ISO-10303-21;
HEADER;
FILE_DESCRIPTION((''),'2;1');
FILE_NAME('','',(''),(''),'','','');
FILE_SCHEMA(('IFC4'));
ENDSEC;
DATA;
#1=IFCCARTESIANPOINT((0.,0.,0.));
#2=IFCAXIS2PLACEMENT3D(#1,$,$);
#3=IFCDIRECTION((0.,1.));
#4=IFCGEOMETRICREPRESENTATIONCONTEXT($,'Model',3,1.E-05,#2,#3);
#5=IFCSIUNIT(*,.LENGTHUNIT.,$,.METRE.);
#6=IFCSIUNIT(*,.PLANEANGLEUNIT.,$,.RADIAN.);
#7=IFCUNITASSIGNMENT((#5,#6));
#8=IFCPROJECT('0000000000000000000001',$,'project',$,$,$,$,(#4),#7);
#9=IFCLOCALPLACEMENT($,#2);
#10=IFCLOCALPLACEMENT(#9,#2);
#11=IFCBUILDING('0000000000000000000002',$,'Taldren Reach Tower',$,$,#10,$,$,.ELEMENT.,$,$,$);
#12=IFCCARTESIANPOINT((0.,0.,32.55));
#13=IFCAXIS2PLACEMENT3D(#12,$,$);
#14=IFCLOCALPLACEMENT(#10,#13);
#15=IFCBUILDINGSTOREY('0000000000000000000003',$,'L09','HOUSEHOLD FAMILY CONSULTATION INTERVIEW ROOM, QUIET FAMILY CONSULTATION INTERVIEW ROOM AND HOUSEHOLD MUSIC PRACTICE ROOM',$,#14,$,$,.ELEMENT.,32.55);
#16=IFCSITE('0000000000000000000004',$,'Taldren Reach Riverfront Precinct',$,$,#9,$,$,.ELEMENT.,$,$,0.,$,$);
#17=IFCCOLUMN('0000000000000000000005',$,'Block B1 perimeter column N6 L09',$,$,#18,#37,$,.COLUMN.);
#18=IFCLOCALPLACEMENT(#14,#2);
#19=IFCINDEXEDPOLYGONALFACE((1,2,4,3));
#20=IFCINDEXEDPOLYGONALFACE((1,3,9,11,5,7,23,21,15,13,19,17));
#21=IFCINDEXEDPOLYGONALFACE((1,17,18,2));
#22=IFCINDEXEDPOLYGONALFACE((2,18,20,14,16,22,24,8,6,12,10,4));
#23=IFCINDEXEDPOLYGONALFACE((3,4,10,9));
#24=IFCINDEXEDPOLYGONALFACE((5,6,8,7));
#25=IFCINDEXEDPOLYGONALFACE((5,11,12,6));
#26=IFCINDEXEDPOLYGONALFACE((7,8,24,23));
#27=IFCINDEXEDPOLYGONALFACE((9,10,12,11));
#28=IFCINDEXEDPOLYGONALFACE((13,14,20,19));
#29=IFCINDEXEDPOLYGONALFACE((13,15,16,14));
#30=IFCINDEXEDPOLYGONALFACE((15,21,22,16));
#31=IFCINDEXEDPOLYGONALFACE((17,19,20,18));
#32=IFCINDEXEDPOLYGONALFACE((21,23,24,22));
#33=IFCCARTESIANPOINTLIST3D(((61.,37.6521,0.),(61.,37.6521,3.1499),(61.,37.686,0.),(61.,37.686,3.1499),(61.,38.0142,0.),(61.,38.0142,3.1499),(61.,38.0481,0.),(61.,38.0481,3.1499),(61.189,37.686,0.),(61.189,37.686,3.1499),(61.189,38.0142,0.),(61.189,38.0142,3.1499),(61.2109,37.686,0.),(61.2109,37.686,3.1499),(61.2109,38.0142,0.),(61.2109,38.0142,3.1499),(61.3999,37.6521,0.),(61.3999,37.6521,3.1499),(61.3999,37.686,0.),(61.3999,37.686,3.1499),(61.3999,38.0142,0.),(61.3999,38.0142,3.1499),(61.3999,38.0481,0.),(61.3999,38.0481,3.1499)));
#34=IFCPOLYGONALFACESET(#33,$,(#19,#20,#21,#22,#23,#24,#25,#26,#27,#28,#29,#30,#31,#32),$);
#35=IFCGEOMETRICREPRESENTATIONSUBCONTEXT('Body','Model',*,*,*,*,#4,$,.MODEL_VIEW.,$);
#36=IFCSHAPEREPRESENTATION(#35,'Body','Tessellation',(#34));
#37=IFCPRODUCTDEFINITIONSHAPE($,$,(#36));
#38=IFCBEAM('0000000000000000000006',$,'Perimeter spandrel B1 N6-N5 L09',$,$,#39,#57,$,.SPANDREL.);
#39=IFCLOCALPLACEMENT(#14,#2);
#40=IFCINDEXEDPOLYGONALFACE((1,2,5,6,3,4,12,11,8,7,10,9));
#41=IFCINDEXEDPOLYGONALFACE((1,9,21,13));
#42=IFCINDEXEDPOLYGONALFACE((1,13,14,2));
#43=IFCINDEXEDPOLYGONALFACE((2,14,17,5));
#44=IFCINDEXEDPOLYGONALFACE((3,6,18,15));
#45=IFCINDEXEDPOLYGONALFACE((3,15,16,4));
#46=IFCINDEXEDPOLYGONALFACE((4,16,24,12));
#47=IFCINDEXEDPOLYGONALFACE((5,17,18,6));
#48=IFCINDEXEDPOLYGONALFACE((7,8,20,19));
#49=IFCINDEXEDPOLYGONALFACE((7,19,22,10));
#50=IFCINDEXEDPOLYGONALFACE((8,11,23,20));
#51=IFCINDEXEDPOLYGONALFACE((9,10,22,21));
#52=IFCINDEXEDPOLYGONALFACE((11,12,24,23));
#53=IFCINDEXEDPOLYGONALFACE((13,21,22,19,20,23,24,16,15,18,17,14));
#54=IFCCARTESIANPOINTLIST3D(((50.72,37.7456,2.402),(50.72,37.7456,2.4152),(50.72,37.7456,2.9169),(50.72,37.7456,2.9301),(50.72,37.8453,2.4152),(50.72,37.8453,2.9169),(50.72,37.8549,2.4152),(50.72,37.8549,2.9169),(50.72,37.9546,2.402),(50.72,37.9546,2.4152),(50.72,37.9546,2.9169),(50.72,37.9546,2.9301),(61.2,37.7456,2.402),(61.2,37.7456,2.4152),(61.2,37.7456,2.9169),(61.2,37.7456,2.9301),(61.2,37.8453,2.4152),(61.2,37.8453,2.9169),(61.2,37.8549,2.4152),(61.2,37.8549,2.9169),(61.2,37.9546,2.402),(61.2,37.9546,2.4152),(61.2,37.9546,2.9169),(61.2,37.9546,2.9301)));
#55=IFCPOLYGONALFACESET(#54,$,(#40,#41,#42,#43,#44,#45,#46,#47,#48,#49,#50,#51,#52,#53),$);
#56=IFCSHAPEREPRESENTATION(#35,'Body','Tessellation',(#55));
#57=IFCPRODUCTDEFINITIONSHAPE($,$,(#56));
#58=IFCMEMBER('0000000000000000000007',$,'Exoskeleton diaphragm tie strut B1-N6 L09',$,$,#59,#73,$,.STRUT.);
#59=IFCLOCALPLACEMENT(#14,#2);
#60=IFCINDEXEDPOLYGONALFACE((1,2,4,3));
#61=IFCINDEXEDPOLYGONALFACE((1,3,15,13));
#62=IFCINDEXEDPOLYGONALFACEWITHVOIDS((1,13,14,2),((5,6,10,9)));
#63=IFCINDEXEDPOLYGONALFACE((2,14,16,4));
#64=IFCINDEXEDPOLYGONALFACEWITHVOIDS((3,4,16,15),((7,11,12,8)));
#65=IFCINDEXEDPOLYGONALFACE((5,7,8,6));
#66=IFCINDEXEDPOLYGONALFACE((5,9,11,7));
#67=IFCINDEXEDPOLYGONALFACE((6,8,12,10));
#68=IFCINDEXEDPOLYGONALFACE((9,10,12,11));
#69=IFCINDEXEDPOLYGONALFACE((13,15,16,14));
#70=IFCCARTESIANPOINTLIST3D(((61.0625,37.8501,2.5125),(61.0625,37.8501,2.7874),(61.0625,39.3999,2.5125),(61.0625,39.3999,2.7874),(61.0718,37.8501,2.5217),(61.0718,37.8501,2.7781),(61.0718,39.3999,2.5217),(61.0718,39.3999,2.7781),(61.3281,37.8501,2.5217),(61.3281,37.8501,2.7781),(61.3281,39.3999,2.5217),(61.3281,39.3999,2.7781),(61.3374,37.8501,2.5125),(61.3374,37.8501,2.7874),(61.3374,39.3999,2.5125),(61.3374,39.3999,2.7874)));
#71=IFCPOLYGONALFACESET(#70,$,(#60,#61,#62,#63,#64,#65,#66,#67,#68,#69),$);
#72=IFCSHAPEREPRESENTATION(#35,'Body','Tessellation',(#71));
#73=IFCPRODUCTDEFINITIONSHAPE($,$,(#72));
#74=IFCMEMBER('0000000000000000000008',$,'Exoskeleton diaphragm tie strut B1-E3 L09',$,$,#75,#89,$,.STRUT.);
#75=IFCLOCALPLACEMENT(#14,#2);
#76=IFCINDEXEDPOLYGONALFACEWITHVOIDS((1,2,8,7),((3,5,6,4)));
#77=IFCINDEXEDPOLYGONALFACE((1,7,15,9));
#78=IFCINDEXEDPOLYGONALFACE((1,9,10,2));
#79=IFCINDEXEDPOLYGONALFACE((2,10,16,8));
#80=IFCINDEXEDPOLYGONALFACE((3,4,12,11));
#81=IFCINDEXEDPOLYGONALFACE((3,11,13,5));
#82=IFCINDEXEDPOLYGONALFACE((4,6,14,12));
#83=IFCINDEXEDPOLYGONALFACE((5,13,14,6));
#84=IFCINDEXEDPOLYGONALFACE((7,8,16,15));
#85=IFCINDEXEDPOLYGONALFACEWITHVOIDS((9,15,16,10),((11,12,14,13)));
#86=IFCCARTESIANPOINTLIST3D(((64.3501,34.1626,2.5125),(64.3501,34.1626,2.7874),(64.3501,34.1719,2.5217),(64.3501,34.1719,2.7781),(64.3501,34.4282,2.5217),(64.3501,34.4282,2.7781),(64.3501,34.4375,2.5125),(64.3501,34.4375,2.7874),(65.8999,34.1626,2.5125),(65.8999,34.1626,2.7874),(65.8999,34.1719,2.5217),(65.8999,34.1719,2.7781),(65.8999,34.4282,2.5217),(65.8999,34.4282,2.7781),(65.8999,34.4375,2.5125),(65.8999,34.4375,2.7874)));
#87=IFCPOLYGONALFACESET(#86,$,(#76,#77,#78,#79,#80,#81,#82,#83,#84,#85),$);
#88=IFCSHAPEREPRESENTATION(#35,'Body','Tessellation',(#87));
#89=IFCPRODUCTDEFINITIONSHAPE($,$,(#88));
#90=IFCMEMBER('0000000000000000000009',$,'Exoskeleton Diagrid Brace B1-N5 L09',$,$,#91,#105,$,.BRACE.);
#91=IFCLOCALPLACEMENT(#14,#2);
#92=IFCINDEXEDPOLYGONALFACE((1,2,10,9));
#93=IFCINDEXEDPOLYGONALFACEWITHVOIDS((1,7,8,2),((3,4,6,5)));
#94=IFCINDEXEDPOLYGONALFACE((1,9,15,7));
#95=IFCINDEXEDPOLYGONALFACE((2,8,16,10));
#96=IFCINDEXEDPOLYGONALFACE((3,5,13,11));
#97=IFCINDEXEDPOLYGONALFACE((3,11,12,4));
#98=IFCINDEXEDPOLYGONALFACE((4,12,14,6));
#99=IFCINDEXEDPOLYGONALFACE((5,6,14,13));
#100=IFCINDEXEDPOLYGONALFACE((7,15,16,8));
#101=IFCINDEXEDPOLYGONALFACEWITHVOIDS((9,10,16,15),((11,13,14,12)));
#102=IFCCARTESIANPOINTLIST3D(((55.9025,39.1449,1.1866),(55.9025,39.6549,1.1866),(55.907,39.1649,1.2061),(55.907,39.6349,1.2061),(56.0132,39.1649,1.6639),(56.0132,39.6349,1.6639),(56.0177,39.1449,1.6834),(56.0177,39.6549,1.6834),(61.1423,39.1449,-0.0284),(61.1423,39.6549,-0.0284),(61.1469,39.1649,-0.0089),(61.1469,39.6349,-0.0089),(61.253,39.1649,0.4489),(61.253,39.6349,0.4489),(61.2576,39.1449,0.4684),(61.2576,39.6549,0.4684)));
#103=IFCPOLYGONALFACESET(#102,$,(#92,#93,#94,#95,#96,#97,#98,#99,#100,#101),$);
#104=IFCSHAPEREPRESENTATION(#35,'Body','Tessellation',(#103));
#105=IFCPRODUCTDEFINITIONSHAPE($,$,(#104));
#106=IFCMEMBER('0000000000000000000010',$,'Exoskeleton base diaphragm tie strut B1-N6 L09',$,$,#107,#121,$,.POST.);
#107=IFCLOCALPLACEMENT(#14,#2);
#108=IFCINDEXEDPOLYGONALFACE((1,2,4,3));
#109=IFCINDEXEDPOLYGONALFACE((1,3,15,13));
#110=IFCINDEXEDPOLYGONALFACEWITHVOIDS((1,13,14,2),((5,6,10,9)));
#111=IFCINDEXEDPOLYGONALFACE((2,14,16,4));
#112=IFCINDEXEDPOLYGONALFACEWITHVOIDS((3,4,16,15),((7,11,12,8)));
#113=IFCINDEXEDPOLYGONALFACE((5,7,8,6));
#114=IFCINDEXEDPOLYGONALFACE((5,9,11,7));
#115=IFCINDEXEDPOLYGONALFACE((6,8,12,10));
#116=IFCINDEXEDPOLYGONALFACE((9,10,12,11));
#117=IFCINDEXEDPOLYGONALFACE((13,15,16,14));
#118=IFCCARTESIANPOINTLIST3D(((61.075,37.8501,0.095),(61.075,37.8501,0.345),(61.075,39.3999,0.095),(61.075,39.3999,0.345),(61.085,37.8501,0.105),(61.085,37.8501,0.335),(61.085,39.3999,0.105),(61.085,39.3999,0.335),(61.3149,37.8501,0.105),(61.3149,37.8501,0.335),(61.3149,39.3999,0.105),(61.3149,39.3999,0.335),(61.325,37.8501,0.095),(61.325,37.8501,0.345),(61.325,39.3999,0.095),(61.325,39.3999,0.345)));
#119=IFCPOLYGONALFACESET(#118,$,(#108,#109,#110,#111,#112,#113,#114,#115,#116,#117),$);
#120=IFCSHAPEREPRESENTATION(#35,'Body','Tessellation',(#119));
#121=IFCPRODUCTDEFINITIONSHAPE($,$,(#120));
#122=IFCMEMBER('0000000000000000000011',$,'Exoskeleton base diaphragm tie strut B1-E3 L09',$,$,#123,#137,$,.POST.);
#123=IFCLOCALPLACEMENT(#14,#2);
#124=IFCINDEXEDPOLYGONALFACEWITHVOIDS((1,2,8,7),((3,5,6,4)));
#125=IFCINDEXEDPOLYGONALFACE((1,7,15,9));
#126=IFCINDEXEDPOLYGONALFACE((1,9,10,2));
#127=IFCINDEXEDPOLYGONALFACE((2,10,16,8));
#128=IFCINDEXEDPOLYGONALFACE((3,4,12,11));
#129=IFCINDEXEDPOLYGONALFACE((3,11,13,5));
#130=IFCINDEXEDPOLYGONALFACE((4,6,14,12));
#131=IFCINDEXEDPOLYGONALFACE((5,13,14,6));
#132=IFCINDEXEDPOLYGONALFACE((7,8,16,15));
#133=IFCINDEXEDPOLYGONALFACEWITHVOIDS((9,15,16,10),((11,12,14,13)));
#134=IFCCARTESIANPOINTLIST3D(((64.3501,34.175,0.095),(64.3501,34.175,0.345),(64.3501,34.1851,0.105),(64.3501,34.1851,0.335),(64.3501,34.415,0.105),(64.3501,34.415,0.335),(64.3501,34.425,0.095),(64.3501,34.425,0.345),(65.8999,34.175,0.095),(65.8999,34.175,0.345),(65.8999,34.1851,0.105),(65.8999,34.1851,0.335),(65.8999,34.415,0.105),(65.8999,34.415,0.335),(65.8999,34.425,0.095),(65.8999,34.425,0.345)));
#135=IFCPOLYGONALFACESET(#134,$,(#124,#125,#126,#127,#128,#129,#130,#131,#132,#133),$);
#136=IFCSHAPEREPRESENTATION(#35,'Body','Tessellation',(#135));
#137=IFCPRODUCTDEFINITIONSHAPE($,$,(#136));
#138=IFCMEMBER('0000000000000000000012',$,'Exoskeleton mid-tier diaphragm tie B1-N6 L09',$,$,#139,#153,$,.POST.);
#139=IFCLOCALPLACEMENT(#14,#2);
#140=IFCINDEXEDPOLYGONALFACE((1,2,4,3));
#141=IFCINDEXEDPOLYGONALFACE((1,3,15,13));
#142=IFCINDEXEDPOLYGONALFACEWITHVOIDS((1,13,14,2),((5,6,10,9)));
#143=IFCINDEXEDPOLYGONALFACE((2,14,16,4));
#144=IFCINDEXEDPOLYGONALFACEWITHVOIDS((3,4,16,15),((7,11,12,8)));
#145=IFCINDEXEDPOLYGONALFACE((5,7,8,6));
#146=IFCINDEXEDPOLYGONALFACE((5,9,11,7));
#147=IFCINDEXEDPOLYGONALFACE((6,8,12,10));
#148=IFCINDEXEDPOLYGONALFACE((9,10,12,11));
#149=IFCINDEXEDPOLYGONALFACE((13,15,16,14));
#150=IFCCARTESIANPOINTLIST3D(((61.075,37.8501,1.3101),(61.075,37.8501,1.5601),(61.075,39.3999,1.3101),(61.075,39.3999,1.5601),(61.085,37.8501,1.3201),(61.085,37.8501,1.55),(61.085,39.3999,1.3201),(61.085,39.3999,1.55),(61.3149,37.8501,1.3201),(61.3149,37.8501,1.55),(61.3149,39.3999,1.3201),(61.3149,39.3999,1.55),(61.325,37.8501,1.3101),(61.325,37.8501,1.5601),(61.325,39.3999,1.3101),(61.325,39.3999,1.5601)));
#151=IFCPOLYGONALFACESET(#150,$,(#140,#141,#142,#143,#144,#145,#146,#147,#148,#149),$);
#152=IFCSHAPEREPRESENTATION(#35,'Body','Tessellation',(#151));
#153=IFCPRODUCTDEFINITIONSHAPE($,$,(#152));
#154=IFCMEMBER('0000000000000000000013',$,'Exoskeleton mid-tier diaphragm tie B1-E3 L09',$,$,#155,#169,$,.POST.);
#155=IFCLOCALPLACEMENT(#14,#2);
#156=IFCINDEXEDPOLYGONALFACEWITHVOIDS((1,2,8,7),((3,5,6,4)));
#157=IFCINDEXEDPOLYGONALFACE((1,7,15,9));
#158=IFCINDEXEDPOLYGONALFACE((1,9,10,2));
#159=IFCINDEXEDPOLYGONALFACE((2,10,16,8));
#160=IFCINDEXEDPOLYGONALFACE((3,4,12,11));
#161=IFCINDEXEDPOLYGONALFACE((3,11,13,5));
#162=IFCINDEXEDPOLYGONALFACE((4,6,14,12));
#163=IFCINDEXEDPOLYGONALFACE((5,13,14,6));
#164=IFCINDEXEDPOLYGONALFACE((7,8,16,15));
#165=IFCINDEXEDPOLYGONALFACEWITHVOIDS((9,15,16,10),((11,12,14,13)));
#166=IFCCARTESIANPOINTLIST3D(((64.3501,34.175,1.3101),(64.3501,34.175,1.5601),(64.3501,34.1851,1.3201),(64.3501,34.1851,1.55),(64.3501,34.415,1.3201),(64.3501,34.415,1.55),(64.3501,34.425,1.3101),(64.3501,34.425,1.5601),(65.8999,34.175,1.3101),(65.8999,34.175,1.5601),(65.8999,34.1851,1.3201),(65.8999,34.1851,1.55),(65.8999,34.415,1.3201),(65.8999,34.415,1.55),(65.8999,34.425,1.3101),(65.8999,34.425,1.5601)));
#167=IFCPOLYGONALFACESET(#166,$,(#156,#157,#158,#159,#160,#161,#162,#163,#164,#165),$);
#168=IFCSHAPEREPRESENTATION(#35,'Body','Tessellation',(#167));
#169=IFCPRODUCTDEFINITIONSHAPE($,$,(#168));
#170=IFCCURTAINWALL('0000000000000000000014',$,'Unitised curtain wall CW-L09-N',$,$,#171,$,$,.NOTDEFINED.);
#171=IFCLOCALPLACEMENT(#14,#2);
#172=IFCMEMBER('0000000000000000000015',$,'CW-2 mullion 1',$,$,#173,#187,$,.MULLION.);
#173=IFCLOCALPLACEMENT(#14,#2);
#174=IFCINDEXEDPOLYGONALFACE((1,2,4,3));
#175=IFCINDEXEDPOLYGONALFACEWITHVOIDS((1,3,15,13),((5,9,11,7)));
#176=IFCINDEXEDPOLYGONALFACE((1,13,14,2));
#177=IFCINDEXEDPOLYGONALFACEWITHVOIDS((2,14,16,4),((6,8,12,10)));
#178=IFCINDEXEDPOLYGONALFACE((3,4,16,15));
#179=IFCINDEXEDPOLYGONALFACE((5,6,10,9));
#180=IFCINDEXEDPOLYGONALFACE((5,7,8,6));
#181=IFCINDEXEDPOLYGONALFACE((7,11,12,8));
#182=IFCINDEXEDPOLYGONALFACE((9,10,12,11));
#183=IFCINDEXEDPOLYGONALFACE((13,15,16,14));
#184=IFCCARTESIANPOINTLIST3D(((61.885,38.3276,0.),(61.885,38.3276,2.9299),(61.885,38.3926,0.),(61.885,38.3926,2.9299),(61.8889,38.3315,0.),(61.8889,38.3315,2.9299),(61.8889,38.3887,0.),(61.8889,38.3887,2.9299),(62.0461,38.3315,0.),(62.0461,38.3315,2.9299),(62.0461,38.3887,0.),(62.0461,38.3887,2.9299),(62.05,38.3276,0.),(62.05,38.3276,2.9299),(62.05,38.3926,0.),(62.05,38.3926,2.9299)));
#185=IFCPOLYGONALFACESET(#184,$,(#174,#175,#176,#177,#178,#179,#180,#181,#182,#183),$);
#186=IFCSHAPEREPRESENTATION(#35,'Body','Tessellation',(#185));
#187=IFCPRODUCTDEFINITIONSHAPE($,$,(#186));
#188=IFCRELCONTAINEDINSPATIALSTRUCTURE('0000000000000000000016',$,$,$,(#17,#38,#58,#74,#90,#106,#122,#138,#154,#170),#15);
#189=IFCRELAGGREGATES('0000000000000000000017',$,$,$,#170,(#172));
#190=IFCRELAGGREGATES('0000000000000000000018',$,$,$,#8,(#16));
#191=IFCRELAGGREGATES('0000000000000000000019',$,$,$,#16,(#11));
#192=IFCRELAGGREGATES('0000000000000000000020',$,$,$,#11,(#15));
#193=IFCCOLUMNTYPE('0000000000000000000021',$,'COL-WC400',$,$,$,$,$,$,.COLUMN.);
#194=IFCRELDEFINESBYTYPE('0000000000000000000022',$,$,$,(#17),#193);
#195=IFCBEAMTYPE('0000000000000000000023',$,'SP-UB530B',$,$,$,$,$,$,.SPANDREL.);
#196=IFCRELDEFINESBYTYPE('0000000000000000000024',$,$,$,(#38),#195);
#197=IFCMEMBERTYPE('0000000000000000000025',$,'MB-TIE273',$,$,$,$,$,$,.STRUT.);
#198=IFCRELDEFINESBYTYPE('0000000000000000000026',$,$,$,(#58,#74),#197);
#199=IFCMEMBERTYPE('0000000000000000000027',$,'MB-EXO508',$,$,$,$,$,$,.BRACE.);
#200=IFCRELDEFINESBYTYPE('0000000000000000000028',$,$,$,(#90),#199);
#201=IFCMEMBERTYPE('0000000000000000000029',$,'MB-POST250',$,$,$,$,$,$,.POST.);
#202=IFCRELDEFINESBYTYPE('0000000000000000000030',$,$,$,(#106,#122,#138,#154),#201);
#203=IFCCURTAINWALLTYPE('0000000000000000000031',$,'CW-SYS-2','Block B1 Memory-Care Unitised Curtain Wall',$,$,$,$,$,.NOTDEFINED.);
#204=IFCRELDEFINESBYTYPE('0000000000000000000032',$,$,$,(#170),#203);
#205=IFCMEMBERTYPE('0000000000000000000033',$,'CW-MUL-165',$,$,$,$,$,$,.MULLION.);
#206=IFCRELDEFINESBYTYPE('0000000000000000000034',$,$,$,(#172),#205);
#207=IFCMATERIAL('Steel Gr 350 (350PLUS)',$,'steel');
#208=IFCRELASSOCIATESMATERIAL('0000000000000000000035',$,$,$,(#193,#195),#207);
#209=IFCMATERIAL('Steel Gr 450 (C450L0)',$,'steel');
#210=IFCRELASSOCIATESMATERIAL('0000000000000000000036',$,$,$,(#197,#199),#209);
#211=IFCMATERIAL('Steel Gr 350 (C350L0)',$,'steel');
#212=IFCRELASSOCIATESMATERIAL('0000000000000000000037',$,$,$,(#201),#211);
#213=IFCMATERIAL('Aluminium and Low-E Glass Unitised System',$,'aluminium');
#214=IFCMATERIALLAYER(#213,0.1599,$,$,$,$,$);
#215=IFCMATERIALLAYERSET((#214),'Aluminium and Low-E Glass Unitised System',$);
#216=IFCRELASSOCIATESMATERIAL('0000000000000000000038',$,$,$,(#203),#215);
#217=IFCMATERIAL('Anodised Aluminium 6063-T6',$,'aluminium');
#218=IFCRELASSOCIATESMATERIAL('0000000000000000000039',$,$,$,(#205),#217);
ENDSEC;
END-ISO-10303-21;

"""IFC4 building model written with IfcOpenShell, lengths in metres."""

from ifc_helpers import new_model, si_unit, direction, frame, origin, origin_2d, place, context, subcontext, project, spatial, hollow_rectangle, i_section, extrude, source, transform, mapped, material, layer, layer_set, material_profile, profile_set, type_object, element, aggregate, save


model = new_model("IFC4")

# Units and contexts
model_context = context("Model", 3, precision=1e-05, world=origin(), true_north=direction((0.0, 1.0)))
body_context = subcontext(model_context, "Body", "Model", "MODEL_VIEW")
ifc_project = project(units=[si_unit("LENGTHUNIT", "METRE"), si_unit("PLANEANGLEUNIT", "RADIAN")], contexts=[model_context])

# Site, building, storey
site_placement = place(None, origin())
site = spatial("IfcSite", under=ifc_project, at=site_placement, Name="Taldren Reach Riverfront Precinct", CompositionType="ELEMENT", RefElevation=0.0)
building_placement = place(site_placement, origin())
building = spatial("IfcBuilding", under=site, at=building_placement, Name="Taldren Reach Tower", CompositionType="ELEMENT")
storey_placement = place(building_placement, frame((0.0, 0.0, 32.55)))
storey = spatial("IfcBuildingStorey", under=building, at=storey_placement, Name="L09", Description="HOUSEHOLD FAMILY CONSULTATION INTERVIEW ROOM, QUIET FAMILY CONSULTATION INTERVIEW ROOM AND HOUSEHOLD MUSIC PRACTICE ROOM", CompositionType="ELEMENT", Elevation=32.55)

# Column
ifc_material_1 = material(Name="Steel Gr 350 (350PLUS)", Category="steel")
ifc_material_profile_1 = material_profile(ifc_material_1, i_section(OverallWidth=0.3999, OverallDepth=0.396, WebThickness=0.022, FlangeThickness=0.0339, at=origin_2d()), Name="400WC270")
ifc_profile_set_1 = profile_set([ifc_material_profile_1], Name="Steel Gr 350 (350PLUS)")
column_type = type_object("IfcColumnType", Name="COL-WC400", PredefinedType="COLUMN", material=ifc_profile_set_1)
shared_shape_1 = source(origin(), body_context, "Body", "SweptSolid", [
    extrude(i_section(OverallWidth=0.3999, OverallDepth=0.396, WebThickness=0.022, FlangeThickness=0.0339, at=origin_2d()), origin(), (0.0, 0.0, 1.0), 3.1499),
])
column_placement = place(storey_placement, frame((61.2, 37.8501, 0.0), z_axis=(0.0, 0.0, 1.0), x_axis=(1.0, 0.0, 0.0)))
element("IfcColumn", 1, at=column_placement, inside=storey, type_object=column_type, Name="Block B1 perimeter column N6 L09", PredefinedType="COLUMN", context=body_context, shape_type="MappedRepresentation", body=[
    mapped(shared_shape_1, transform((0.0, 0.0, 0.0), scale=1.0)),
])

# Beam
ifc_material_profile_2 = material_profile(ifc_material_1, i_section(OverallWidth=0.209, OverallDepth=0.5281, WebThickness=0.0095, FlangeThickness=0.0132, at=origin_2d()), Name="530UB82.0")
ifc_profile_set_2 = profile_set([ifc_material_profile_2], Name="Steel Gr 350 (350PLUS)")
beam_type = type_object("IfcBeamType", Name="SP-UB530B", PredefinedType="SPANDREL", material=ifc_profile_set_2)
shared_shape_2 = source(origin(), body_context, "Body", "SweptSolid", [
    extrude(i_section(OverallWidth=0.209, OverallDepth=0.5281, WebThickness=0.0095, FlangeThickness=0.0132, at=origin_2d()), origin(), (0.0, 0.0, 1.0), 10.48),
])
beam_placement = place(storey_placement, frame((61.2, 37.8501, 2.666), z_axis=(-1.0, 0.0, 0.0), x_axis=(0.0, -1.0, 0.0)))
element("IfcBeam", 2, at=beam_placement, inside=storey, type_object=beam_type, Name="Perimeter spandrel B1 N6-N5 L09", PredefinedType="SPANDREL", context=body_context, shape_type="MappedRepresentation", body=[
    mapped(shared_shape_2, transform((0.0, 0.0, 0.0), scale=1.0)),
])

# Members
ifc_material_2 = material(Name="Steel Gr 450 (C450L0)", Category="steel")
ifc_material_profile_3 = material_profile(ifc_material_2, hollow_rectangle(XDim=0.2749, YDim=0.2749, WallThickness=0.0093, at=origin_2d()), Name="275x275x9.3SHS")
ifc_profile_set_3 = profile_set([ifc_material_profile_3], Name="Steel Gr 450 (C450L0)")
member_type_1 = type_object("IfcMemberType", Name="MB-TIE273", PredefinedType="STRUT", material=ifc_profile_set_3)
shared_shape_3 = source(origin(), body_context, "Body", "SweptSolid", [
    extrude(hollow_rectangle(XDim=0.2749, YDim=0.2749, WallThickness=0.0093, at=origin_2d()), origin(), (0.0, 0.0, 1.0), 1.5498),
])
for number, where, z_axis, x_axis, name in (
    (3, (61.2, 37.8501, 2.6499), (0.0, 1.0, 0.0), (-1.0, 0.0, 0.0), "Exoskeleton diaphragm tie strut B1-N6 L09"),
    (4, (64.3501, 34.3, 2.6499), (1.0, 0.0, 0.0), (0.0, 1.0, 0.0), "Exoskeleton diaphragm tie strut B1-E3 L09"),
):
    element("IfcMember", number, at=place(storey_placement, frame(where, z_axis=z_axis, x_axis=x_axis)), inside=storey, type_object=member_type_1, Name=name, PredefinedType="STRUT", context=body_context, shape_type="MappedRepresentation", body=[
        mapped(shared_shape_3, transform((0.0, 0.0, 0.0), scale=1.0)),
    ])
ifc_material_profile_4 = material_profile(ifc_material_2, hollow_rectangle(XDim=0.51, YDim=0.51, WallThickness=0.02, at=origin_2d()), Name="510x510x20.0SHS")
ifc_profile_set_4 = profile_set([ifc_material_profile_4], Name="Steel Gr 450 (C450L0)")
member_type_2 = type_object("IfcMemberType", Name="MB-EXO508", PredefinedType="BRACE", material=ifc_profile_set_4)
shared_shape_4 = source(origin(), body_context, "Body", "SweptSolid", [
    extrude(hollow_rectangle(XDim=0.51, YDim=0.51, WallThickness=0.02, at=origin_2d()), origin(), (0.0, 0.0, 1.0), 5.3789),
])
member_1_placement = place(storey_placement, frame((61.2, 39.3999, 0.22), z_axis=(-0.974152, 0.0, 0.225894), x_axis=(0.0, -1.0, 0.0)))
element("IfcMember", 5, at=member_1_placement, inside=storey, type_object=member_type_2, Name="Exoskeleton Diagrid Brace B1-N5 L09", PredefinedType="BRACE", context=body_context, shape_type="MappedRepresentation", body=[
    mapped(shared_shape_4, transform((0.0, 0.0, 0.0), scale=1.0)),
])
ifc_material_3 = material(Name="Steel Gr 350 (C350L0)", Category="steel")
ifc_material_profile_5 = material_profile(ifc_material_3, hollow_rectangle(XDim=0.25, YDim=0.25, WallThickness=0.01, at=origin_2d()), Name="250x250x10.0SHS")
ifc_profile_set_5 = profile_set([ifc_material_profile_5], Name="Steel Gr 350 (C350L0)")
member_type_3 = type_object("IfcMemberType", Name="MB-POST250", PredefinedType="POST", material=ifc_profile_set_5)
shared_shape_5 = source(origin(), body_context, "Body", "SweptSolid", [
    extrude(hollow_rectangle(XDim=0.25, YDim=0.25, WallThickness=0.01, at=origin_2d()), origin(), (0.0, 0.0, 1.0), 1.5498),
])
for number, where, z_axis, x_axis, name in (
    (6, (61.2, 37.8501, 0.22), (0.0, 1.0, 0.0), (-1.0, 0.0, 0.0), "Exoskeleton base diaphragm tie strut B1-N6 L09"),
    (7, (64.3501, 34.3, 0.22), (1.0, 0.0, 0.0), (0.0, 1.0, 0.0), "Exoskeleton base diaphragm tie strut B1-E3 L09"),
    (8, (61.2, 37.8501, 1.4351), (0.0, 1.0, 0.0), (-1.0, 0.0, 0.0), "Exoskeleton mid-tier diaphragm tie B1-N6 L09"),
    (9, (64.3501, 34.3, 1.4351), (1.0, 0.0, 0.0), (0.0, 1.0, 0.0), "Exoskeleton mid-tier diaphragm tie B1-E3 L09"),
):
    element("IfcMember", number, at=place(storey_placement, frame(where, z_axis=z_axis, x_axis=x_axis)), inside=storey, type_object=member_type_3, Name=name, PredefinedType="POST", context=body_context, shape_type="MappedRepresentation", body=[
        mapped(shared_shape_5, transform((0.0, 0.0, 0.0), scale=1.0)),
    ])

# Curtain wall, member
ifc_material_4 = material(Name="Aluminium and Low-E Glass Unitised System", Category="aluminium")
ifc_layer_1 = layer(ifc_material_4, 0.1599)
ifc_layer_set_1 = layer_set([ifc_layer_1], Name="Aluminium and Low-E Glass Unitised System")
curtain_wall_type = type_object("IfcCurtainWallType", Name="CW-SYS-2", Description="Block B1 Memory-Care Unitised Curtain Wall", PredefinedType="NOTDEFINED", material=ifc_layer_set_1)
curtain_wall_1_placement = place(storey_placement, origin())
curtain_wall_1 = element("IfcCurtainWall", 10, at=curtain_wall_1_placement, inside=storey, type_object=curtain_wall_type, Name="Unitised curtain wall CW-L09-N", PredefinedType="NOTDEFINED")
ifc_material_5 = material(Name="Anodised Aluminium 6063-T6", Category="aluminium")
ifc_material_profile_6 = material_profile(ifc_material_5, hollow_rectangle(XDim=0.0649, YDim=0.165, WallThickness=0.0039, at=origin_2d()), Name="ALU-165x65x4RHS")
ifc_profile_set_6 = profile_set([ifc_material_profile_6], Name="Anodised Aluminium 6063-T6")
member_type_4 = type_object("IfcMemberType", Name="CW-MUL-165", PredefinedType="MULLION", material=ifc_profile_set_6)
shared_shape_6 = source(origin(), body_context, "Body", "SweptSolid", [
    extrude(hollow_rectangle(XDim=0.0649, YDim=0.165, WallThickness=0.0039, at=origin_2d()), origin(), (0.0, 0.0, 1.0), 2.9299),
])
member_2_placement = place(storey_placement, frame((61.9675, 38.3601, 0.0), z_axis=(0.0, 0.0, 1.0), x_axis=(0.0, -1.0, 0.0)))
member_2 = element("IfcMember", 11, at=member_2_placement, type_object=member_type_4, Name="CW-2 mullion 1", PredefinedType="MULLION", context=body_context, shape_type="MappedRepresentation", body=[
    mapped(shared_shape_6, transform((0.0, 0.0, 0.0), scale=1.0)),
])

aggregate(curtain_wall_1, [member_2])

save(model, "model.ifc")
